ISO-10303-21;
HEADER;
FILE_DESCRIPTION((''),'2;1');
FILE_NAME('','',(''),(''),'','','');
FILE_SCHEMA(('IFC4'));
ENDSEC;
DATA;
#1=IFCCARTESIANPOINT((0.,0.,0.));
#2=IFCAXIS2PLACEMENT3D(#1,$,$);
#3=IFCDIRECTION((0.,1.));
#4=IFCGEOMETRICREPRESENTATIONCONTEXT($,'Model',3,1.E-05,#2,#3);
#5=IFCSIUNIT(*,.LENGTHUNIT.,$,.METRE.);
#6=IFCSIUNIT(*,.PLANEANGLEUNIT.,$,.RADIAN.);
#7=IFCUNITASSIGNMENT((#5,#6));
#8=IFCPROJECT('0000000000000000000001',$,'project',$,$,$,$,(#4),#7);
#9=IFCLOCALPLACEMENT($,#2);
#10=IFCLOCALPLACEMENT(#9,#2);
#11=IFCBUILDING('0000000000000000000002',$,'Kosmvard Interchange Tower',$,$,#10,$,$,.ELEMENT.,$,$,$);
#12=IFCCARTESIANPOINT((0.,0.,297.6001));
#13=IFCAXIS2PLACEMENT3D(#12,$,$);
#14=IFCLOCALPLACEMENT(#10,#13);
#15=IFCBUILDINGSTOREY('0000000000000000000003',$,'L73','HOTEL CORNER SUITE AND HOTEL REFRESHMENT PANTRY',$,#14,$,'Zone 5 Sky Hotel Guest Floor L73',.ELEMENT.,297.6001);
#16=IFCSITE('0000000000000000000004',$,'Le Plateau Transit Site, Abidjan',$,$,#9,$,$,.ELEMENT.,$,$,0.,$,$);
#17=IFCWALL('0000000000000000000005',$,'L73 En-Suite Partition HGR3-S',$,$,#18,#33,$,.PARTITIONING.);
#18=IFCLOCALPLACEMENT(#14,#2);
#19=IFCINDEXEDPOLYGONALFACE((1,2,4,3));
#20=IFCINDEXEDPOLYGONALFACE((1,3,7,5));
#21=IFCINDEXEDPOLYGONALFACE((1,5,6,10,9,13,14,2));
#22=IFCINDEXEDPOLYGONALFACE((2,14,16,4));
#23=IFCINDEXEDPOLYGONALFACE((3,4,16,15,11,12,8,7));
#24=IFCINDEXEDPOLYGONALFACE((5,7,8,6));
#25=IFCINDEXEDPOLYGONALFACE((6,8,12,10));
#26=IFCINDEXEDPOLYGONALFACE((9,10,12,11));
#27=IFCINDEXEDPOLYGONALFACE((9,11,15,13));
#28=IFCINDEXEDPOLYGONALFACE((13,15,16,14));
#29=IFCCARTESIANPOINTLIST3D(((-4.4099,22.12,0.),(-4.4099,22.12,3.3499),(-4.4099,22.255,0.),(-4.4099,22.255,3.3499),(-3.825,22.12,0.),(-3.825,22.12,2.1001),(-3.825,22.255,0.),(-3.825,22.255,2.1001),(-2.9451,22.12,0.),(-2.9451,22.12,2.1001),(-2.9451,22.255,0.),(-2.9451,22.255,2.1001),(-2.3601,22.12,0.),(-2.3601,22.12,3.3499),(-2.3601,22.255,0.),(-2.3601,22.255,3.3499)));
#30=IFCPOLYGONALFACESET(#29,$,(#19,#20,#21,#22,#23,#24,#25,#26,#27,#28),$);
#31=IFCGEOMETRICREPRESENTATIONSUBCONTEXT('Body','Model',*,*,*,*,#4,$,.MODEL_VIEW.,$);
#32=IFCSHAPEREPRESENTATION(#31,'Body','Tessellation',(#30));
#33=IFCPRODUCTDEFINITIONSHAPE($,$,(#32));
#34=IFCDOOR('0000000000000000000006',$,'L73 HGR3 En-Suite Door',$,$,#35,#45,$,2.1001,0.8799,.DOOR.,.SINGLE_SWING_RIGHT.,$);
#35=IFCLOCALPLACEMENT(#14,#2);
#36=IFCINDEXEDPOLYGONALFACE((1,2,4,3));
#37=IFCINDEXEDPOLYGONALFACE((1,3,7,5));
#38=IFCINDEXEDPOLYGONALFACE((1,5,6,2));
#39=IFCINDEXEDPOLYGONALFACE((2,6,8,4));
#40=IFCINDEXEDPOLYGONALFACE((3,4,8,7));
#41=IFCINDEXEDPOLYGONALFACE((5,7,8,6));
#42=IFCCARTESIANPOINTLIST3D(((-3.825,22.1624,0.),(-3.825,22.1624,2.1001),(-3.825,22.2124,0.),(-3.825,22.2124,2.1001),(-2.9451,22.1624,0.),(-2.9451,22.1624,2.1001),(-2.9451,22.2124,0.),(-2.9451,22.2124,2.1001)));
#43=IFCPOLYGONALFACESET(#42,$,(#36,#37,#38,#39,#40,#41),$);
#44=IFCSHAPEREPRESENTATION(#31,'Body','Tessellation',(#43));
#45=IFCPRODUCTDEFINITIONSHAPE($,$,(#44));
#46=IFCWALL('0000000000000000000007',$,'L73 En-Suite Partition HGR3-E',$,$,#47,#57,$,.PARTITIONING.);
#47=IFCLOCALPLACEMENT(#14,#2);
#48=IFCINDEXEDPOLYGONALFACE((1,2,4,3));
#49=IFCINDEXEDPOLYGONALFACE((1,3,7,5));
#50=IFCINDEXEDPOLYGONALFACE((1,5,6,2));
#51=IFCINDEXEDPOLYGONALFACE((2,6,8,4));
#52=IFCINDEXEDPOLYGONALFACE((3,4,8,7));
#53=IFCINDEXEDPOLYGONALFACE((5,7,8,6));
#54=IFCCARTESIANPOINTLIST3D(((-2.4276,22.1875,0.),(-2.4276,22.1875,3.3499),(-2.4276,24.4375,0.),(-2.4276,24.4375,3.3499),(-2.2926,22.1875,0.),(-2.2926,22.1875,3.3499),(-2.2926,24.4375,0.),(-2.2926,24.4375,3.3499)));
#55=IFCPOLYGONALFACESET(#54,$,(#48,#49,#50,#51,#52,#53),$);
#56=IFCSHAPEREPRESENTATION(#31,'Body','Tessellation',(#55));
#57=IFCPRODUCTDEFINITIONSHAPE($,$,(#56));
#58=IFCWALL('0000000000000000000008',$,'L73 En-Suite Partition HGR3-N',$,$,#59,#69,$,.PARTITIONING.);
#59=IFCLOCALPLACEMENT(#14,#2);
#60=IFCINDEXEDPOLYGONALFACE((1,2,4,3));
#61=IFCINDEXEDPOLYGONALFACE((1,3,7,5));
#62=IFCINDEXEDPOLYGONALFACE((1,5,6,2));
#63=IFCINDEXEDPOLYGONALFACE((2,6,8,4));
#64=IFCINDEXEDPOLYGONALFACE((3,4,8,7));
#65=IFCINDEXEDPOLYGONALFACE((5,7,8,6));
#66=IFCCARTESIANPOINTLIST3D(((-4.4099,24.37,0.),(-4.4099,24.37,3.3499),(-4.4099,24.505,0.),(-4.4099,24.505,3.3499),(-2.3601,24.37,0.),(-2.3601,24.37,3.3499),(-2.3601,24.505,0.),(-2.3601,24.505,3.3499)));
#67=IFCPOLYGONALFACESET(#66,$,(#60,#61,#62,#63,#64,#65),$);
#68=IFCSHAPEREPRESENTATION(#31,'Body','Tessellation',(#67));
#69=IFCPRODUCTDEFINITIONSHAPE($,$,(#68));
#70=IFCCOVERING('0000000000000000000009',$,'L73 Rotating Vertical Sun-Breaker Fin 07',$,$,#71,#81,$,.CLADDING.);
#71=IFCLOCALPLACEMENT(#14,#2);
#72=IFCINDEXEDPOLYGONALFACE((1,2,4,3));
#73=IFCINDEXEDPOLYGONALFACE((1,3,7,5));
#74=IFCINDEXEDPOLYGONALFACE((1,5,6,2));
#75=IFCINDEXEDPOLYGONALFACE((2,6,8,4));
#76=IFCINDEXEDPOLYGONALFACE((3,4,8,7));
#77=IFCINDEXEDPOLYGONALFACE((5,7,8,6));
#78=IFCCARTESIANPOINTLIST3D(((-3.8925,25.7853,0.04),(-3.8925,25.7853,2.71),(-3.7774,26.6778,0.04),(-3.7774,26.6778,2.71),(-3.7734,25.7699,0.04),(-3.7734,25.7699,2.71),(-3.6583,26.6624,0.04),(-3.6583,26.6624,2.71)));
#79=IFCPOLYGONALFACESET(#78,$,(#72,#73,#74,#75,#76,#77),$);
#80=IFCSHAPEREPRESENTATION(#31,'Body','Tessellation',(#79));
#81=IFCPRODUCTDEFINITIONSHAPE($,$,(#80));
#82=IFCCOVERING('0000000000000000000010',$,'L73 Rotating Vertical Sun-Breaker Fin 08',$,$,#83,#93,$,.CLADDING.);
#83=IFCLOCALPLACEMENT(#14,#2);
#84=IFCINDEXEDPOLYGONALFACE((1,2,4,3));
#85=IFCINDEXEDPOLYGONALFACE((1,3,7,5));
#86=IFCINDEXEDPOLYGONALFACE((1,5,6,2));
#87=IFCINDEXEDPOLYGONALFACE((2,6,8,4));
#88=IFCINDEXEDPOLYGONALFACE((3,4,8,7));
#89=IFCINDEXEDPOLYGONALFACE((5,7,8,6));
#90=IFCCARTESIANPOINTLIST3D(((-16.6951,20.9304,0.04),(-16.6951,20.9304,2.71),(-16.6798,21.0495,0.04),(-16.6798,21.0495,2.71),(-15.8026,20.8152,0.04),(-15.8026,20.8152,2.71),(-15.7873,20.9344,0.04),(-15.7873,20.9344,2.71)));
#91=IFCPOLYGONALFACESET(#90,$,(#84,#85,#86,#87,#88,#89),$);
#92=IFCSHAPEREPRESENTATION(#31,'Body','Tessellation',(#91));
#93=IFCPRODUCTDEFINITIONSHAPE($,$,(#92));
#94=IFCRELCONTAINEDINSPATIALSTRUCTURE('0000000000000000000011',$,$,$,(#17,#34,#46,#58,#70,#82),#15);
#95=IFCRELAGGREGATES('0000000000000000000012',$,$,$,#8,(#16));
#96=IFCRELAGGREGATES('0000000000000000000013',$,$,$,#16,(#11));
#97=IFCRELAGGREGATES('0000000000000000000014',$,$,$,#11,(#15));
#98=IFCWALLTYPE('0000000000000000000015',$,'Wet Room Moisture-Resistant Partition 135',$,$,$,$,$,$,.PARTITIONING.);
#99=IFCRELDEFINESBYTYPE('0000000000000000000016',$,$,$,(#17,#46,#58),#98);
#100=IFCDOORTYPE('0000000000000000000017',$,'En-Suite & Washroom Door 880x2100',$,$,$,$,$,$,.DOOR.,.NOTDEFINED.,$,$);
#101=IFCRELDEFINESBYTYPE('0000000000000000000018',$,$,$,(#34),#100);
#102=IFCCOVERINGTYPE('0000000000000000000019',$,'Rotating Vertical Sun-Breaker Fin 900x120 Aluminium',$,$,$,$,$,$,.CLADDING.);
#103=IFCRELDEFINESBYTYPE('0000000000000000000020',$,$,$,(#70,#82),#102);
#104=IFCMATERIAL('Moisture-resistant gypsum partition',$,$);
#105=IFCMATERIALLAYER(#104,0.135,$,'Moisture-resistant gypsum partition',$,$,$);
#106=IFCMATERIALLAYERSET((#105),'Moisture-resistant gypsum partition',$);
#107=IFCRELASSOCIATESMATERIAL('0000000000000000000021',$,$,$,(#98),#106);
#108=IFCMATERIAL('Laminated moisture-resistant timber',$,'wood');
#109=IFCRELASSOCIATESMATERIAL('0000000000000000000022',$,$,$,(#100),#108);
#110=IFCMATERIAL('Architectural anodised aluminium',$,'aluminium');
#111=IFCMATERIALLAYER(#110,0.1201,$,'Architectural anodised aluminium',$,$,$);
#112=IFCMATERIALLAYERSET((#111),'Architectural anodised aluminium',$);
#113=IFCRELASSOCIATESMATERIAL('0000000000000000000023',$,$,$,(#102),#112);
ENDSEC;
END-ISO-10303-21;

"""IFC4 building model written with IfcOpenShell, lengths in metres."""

from ifc_helpers import new_model, si_unit, direction, frame, frame_2d, origin, origin_2d, place, context, subcontext, project, spatial, rectangle, extrude, source, transform, mapped, material, layer, layer_set, type_object, element, fill, save


model = new_model("IFC4")

# Units and contexts
model_context = context("Model", 3, precision=1e-05, world=origin(), true_north=direction((0.0, 1.0)))
body_context = subcontext(model_context, "Body", "Model", "MODEL_VIEW")
ifc_project = project(units=[si_unit("LENGTHUNIT", "METRE"), si_unit("PLANEANGLEUNIT", "RADIAN")], contexts=[model_context])

# Site, building, storey
site_placement = place(None, origin())
site = spatial("IfcSite", under=ifc_project, at=site_placement, Name="Le Plateau Transit Site, Abidjan", CompositionType="ELEMENT", RefElevation=0.0)
building_placement = place(site_placement, origin())
building = spatial("IfcBuilding", under=site, at=building_placement, Name="Kosmvard Interchange Tower", CompositionType="ELEMENT")
storey_placement = place(building_placement, frame((0.0, 0.0, 297.6001)))
storey = spatial("IfcBuildingStorey", under=building, at=storey_placement, Name="L73", Description="HOTEL CORNER SUITE AND HOTEL REFRESHMENT PANTRY", LongName="Zone 5 Sky Hotel Guest Floor L73", CompositionType="ELEMENT", Elevation=297.6001)

# Wall, opening, door
ifc_material_1 = material(Name="Moisture-resistant gypsum partition")
ifc_layer_1 = layer(ifc_material_1, 0.135, Name="Moisture-resistant gypsum partition")
ifc_layer_set_1 = layer_set([ifc_layer_1], Name="Moisture-resistant gypsum partition")
wall_type_1 = type_object("IfcWallType", Name="Wet Room Moisture-Resistant Partition 135", PredefinedType="PARTITIONING", material=ifc_layer_set_1)
wall_1_placement = place(storey_placement, frame((-4.4099, 22.1875, 0.0), z_axis=(0.0, 0.0, 1.0), x_axis=(1.0, 0.0, 0.0)))
wall_1 = element("IfcWall", 1, at=wall_1_placement, inside=storey, type_object=wall_type_1, Name="L73 En-Suite Partition HGR3-S", PredefinedType="PARTITIONING", context=body_context, shape_type="SweptSolid", body=[
    extrude(rectangle(XDim=2.0498, YDim=0.135, at=frame_2d((1.0249, 0.0))), origin(), (0.0, 0.0, 1.0), 3.3499),
])
opening_1_placement = place(wall_1_placement, frame((0.585, 0.0, 0.0)))
opening_1 = element("IfcOpeningElement", 2, at=opening_1_placement, cuts=wall_1, PredefinedType="OPENING", context=body_context, shape_type="SweptSolid", body=[
    extrude(rectangle(XDim=0.8799, YDim=2.1001, at=frame_2d((0.4399, 1.05))), frame((0.0, 0.0776, 0.0), z_axis=(0.0, -1.0, 0.0), x_axis=(1.0, 0.0, 0.0)), (0.0, 0.0, 1.0), 0.155),
])
ifc_material_2 = material(Name="Laminated moisture-resistant timber", Category="wood")
door_type = type_object("IfcDoorType", Name="En-Suite & Washroom Door 880x2100", OperationType="NOTDEFINED", PredefinedType="DOOR", material=ifc_material_2)
shared_shape_1 = source(origin(), body_context, "Body", "SweptSolid", [
    extrude(rectangle(XDim=0.8799, YDim=2.1001, at=frame_2d((0.4399, 1.05))), frame((0.0, 0.0249, 0.0), z_axis=(0.0, -1.0, 0.0), x_axis=(1.0, 0.0, 0.0)), (0.0, 0.0, 1.0), 0.05),
])
door_placement = place(opening_1_placement, origin())
door = element("IfcDoor", 3, at=door_placement, inside=storey, type_object=door_type, Name="L73 HGR3 En-Suite Door", OperationType="SINGLE_SWING_RIGHT", OverallHeight=2.1001, OverallWidth=0.8799, PredefinedType="DOOR", context=body_context, shape_type="MappedRepresentation", body=[
    mapped(shared_shape_1, transform((0.0, 0.0, 0.0), scale=1.0)),
])
fill(opening_1, door)

# Walls
wall_2_placement = place(storey_placement, frame((-2.3601, 22.1875, 0.0), z_axis=(0.0, 0.0, 1.0), x_axis=(0.0, 1.0, 0.0)))
element("IfcWall", 4, at=wall_2_placement, inside=storey, type_object=wall_type_1, Name="L73 En-Suite Partition HGR3-E", PredefinedType="PARTITIONING", context=body_context, shape_type="SweptSolid", body=[
    extrude(rectangle(XDim=2.25, YDim=0.135, at=frame_2d((1.125, 0.0))), origin(), (0.0, 0.0, 1.0), 3.3499),
])
wall_3_placement = place(storey_placement, frame((-4.4099, 24.4375, 0.0), z_axis=(0.0, 0.0, 1.0), x_axis=(1.0, 0.0, 0.0)))
element("IfcWall", 5, at=wall_3_placement, inside=storey, type_object=wall_type_1, Name="L73 En-Suite Partition HGR3-N", PredefinedType="PARTITIONING", context=body_context, shape_type="SweptSolid", body=[
    extrude(rectangle(XDim=2.0498, YDim=0.135, at=frame_2d((1.0249, 0.0))), origin(), (0.0, 0.0, 1.0), 3.3499),
])

# Coverings
ifc_material_3 = material(Name="Architectural anodised aluminium", Category="aluminium")
ifc_layer_2 = layer(ifc_material_3, 0.1201, Name="Architectural anodised aluminium")
ifc_layer_set_2 = layer_set([ifc_layer_2], Name="Architectural anodised aluminium")
covering_type = type_object("IfcCoveringType", Name="Rotating Vertical Sun-Breaker Fin 900x120 Aluminium", PredefinedType="CLADDING", material=ifc_layer_set_2)
shared_shape_2 = source(origin(), body_context, "Body", "SweptSolid", [
    extrude(rectangle(XDim=0.8999, YDim=0.1201, at=origin_2d()), origin(), (0.0, 0.0, 1.0), 2.6699),
])
for number, where, z_axis, x_axis, name in (
    (6, (-3.7754, 26.2239, 0.04), (0.0, 0.0, 1.0), (0.12793, 0.991783, 0.0), "L73 Rotating Vertical Sun-Breaker Fin 07"),
    (7, (-16.2412, 20.9324, 0.04), (0.0, 0.0, 1.0), (-0.991783, 0.12793, 0.0), "L73 Rotating Vertical Sun-Breaker Fin 08"),
):
    element("IfcCovering", number, at=place(storey_placement, frame(where, z_axis=z_axis, x_axis=x_axis)), inside=storey, type_object=covering_type, Name=name, PredefinedType="CLADDING", context=body_context, shape_type="MappedRepresentation", body=[
        mapped(shared_shape_2, transform((0.0, 0.0, 0.0), scale=1.0)),
    ])

save(model, "model.ifc")
